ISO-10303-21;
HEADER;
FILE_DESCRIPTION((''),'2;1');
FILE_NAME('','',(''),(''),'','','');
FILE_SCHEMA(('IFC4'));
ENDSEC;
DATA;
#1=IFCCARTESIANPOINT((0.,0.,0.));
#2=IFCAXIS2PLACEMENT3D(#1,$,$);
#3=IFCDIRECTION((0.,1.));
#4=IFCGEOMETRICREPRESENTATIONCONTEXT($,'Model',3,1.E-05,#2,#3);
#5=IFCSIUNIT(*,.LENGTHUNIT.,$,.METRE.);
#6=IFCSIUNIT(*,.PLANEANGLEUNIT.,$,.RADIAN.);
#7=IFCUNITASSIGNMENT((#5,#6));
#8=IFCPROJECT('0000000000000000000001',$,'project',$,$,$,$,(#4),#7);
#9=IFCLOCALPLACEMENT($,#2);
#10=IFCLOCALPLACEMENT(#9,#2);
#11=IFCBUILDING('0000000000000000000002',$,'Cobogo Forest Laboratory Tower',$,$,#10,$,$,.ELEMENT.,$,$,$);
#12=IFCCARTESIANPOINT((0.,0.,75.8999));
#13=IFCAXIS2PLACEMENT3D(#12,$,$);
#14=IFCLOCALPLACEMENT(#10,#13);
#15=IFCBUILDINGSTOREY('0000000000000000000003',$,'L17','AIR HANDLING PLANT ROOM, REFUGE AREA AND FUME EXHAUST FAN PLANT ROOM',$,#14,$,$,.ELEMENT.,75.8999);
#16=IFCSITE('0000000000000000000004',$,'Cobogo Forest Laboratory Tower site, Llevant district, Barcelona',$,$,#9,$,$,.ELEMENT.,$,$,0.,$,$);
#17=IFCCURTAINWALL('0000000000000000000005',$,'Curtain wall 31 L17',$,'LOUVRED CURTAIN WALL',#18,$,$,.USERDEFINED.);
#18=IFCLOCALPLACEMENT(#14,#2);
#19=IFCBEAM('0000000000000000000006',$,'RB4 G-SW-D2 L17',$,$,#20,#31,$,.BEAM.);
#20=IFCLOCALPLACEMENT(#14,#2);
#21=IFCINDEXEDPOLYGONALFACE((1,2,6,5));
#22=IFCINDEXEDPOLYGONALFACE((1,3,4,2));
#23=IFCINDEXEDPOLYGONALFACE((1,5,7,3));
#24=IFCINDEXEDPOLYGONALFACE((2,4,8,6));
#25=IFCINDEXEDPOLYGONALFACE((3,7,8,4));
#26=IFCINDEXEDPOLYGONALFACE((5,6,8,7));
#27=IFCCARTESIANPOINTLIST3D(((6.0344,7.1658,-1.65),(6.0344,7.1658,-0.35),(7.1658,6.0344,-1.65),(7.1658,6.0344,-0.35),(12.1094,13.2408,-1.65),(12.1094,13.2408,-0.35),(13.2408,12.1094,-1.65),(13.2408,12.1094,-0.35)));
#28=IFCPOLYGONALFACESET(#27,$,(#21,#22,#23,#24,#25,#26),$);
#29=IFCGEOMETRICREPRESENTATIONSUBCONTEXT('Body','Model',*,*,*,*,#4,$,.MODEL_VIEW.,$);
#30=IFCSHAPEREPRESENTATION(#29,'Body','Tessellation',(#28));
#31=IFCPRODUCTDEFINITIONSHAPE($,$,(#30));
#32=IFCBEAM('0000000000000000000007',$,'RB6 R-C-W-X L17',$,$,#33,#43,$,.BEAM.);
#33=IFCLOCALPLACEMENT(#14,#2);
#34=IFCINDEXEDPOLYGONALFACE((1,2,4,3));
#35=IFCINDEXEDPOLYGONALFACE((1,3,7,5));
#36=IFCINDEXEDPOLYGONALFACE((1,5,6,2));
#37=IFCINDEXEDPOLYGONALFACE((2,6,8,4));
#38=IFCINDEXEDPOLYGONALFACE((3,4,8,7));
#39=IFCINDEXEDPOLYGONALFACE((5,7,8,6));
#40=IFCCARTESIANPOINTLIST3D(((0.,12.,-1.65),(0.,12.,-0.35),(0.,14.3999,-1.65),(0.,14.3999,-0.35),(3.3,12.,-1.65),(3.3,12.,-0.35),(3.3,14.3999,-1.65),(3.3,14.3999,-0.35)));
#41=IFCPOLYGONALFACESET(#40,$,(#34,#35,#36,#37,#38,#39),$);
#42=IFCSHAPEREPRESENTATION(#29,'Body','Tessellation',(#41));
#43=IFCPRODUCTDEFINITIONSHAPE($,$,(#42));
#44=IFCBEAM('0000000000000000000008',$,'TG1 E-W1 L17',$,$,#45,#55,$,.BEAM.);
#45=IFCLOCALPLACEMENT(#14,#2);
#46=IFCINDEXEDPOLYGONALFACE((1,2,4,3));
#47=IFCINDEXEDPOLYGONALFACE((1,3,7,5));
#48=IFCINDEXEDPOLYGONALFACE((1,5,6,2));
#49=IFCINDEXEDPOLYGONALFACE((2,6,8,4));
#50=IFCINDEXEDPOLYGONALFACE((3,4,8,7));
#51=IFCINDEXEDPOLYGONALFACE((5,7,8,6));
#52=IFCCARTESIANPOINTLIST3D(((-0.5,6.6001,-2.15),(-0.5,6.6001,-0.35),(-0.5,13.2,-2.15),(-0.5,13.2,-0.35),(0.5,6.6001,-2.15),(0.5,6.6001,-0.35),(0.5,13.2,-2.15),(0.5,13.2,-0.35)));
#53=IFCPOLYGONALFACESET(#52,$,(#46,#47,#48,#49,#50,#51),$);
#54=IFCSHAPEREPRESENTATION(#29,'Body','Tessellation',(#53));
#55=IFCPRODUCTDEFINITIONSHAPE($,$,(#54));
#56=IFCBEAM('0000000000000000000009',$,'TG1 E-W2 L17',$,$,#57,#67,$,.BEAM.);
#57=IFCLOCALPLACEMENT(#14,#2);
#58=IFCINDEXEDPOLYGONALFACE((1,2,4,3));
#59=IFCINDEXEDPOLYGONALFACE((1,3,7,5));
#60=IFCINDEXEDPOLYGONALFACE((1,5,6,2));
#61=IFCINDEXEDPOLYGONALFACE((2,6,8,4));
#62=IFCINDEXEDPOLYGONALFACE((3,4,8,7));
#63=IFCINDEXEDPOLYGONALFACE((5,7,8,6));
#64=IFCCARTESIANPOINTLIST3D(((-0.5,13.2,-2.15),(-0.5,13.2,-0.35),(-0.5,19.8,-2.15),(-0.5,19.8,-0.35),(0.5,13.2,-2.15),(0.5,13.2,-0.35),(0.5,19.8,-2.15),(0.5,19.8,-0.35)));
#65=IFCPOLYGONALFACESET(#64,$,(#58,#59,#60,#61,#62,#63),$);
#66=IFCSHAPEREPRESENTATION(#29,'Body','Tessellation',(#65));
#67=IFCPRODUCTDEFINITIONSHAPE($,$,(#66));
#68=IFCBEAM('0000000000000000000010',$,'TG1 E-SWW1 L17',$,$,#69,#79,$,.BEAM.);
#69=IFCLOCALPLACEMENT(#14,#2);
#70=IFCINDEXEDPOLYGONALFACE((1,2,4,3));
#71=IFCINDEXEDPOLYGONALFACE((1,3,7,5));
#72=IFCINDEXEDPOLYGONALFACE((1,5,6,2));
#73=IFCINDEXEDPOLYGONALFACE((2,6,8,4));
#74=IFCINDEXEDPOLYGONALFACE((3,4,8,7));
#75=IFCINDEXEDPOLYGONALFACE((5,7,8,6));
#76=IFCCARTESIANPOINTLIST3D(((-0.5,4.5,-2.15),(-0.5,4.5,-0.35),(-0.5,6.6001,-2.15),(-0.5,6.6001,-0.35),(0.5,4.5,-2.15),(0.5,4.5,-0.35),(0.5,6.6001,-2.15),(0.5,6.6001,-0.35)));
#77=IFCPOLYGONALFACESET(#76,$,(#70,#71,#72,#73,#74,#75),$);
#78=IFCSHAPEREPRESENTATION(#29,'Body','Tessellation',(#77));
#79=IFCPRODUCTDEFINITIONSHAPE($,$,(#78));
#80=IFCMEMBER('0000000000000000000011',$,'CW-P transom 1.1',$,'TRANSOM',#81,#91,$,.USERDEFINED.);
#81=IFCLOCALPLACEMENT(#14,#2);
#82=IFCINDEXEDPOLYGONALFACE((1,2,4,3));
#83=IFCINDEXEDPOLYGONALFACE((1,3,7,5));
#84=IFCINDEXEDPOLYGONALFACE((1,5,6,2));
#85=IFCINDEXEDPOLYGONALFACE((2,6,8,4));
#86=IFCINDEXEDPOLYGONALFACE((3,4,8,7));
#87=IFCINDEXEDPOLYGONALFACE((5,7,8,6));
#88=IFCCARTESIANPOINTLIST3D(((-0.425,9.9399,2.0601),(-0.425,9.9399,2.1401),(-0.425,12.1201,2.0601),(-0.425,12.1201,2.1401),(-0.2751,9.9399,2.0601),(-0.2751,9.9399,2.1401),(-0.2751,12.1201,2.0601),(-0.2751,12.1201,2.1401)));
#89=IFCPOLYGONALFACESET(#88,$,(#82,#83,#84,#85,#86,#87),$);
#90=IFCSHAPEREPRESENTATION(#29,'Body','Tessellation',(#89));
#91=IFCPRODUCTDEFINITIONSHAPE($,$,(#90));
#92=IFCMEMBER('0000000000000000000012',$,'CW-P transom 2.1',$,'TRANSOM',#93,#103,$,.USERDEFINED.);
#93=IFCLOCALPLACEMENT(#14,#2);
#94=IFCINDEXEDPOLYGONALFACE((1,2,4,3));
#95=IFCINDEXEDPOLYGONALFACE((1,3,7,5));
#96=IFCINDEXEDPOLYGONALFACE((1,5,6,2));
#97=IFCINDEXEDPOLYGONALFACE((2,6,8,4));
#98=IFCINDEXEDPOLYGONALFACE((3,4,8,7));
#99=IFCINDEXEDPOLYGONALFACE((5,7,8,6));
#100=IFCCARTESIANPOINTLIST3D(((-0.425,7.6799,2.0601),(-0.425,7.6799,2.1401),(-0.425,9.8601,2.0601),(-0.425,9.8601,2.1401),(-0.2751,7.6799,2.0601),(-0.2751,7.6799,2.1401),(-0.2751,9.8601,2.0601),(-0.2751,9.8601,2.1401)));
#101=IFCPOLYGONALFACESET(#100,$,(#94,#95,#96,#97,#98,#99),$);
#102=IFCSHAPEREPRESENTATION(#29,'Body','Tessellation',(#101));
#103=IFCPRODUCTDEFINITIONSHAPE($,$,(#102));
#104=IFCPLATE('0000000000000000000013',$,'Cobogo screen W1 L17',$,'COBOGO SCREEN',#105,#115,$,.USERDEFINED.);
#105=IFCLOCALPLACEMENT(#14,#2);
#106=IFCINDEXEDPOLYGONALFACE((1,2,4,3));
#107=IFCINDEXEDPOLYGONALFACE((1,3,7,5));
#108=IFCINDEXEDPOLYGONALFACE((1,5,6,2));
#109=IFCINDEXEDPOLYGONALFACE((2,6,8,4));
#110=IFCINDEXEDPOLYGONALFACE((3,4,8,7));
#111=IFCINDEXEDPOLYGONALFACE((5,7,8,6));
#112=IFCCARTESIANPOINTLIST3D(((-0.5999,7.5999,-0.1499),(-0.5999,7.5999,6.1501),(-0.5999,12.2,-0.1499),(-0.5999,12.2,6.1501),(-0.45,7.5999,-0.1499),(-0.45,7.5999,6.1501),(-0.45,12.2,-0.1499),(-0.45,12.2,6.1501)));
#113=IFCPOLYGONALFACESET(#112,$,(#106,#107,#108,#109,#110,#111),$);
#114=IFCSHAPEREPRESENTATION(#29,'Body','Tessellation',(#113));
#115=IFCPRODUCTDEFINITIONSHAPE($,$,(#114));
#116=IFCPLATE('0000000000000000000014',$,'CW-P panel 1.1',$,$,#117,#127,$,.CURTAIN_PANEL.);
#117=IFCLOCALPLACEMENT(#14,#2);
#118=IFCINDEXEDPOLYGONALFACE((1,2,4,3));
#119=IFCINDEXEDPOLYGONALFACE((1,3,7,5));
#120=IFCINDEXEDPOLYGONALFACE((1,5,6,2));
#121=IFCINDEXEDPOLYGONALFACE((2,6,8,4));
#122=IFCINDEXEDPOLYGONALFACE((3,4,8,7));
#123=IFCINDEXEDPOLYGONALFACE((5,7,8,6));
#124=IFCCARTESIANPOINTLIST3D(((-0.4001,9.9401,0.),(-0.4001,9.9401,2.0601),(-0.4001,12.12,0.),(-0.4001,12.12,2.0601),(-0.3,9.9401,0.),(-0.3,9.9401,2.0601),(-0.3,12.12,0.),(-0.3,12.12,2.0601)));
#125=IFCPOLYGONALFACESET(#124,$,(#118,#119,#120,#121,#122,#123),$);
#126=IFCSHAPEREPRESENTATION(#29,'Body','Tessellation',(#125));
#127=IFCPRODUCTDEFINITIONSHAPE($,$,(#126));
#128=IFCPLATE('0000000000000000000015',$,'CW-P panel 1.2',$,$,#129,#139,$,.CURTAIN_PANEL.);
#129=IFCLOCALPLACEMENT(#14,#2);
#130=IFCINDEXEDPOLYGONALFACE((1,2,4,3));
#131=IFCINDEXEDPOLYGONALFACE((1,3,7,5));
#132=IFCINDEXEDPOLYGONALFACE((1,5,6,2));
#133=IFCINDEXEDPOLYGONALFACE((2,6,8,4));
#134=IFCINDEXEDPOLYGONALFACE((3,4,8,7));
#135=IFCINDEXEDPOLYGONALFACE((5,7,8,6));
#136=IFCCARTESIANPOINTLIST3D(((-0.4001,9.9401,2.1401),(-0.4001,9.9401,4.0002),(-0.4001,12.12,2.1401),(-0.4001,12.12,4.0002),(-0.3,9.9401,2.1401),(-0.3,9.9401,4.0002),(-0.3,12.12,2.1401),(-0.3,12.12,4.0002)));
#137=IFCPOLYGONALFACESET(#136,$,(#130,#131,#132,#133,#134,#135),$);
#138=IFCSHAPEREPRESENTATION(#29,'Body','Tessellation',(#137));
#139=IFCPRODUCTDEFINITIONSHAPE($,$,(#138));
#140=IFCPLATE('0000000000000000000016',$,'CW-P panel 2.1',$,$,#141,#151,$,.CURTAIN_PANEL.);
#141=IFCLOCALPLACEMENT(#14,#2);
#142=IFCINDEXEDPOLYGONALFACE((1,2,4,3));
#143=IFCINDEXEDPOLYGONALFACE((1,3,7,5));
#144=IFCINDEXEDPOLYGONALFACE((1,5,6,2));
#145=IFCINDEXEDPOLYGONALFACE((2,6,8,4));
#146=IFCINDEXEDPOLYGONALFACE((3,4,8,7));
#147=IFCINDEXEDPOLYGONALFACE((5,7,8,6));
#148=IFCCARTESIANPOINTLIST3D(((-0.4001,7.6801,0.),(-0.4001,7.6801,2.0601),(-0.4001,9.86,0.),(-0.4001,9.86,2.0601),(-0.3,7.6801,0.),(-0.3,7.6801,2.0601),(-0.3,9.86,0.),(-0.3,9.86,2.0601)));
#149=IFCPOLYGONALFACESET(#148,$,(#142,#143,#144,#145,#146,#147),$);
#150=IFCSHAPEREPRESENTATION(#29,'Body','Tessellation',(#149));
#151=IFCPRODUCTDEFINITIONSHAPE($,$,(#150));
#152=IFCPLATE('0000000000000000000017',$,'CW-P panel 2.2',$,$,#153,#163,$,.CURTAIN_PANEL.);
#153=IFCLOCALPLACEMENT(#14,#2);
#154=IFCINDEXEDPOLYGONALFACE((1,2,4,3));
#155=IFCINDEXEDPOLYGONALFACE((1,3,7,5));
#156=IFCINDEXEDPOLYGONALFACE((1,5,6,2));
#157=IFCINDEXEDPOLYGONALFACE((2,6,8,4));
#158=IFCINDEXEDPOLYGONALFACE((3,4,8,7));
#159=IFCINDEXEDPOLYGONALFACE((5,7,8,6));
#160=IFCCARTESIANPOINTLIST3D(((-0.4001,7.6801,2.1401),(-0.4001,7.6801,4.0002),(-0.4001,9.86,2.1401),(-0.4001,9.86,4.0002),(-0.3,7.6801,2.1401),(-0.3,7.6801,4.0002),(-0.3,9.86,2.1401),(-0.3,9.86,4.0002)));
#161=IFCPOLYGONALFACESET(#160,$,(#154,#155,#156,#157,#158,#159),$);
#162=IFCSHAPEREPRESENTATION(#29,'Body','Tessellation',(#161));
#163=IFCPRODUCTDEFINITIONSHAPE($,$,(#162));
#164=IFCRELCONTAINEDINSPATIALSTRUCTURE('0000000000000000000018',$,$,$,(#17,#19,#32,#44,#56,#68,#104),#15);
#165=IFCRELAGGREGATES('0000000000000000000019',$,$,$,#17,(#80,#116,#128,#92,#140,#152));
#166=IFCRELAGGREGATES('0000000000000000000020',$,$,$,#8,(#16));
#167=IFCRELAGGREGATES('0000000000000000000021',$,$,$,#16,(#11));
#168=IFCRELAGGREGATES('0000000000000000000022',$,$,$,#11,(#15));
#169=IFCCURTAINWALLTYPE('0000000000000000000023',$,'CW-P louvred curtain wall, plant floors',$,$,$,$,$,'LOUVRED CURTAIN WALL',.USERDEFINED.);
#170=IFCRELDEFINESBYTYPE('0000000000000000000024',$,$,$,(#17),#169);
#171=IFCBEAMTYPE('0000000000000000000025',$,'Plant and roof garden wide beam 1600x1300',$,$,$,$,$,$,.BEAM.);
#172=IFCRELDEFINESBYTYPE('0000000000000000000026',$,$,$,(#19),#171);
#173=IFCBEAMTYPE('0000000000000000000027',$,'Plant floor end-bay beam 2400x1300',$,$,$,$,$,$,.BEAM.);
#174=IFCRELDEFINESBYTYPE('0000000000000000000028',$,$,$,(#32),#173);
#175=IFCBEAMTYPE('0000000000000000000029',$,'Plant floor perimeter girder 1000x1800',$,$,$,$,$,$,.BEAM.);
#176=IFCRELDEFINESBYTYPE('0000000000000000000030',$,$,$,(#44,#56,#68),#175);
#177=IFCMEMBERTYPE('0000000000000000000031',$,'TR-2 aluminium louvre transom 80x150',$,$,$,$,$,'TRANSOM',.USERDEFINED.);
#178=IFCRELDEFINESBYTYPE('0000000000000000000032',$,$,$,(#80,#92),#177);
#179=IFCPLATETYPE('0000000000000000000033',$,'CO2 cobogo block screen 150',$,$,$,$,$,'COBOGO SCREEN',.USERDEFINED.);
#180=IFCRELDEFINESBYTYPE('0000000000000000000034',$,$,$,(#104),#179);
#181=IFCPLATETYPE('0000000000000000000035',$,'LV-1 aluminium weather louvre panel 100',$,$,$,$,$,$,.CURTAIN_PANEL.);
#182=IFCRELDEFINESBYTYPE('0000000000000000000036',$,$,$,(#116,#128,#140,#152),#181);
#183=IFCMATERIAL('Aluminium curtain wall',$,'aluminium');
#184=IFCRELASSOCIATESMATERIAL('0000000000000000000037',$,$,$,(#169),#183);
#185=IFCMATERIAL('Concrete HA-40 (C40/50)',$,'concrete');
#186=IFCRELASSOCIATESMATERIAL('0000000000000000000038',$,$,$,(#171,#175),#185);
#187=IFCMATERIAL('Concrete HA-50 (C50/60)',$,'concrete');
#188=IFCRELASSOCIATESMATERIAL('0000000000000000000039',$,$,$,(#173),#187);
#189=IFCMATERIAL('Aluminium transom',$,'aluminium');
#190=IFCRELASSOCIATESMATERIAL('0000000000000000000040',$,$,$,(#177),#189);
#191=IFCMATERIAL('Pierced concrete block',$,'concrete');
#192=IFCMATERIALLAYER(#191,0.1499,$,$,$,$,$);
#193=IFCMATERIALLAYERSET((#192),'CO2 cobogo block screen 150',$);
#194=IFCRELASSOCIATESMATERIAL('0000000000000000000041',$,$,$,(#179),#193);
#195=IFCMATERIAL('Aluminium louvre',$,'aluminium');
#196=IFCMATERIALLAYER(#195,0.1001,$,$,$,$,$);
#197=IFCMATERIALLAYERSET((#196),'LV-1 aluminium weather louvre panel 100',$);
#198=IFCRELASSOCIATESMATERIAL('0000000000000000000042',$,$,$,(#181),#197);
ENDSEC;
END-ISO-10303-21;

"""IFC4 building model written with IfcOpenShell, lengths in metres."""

from ifc_helpers import new_model, si_unit, direction, frame, origin, origin_2d, place, context, subcontext, project, spatial, rectangle, extrude, material, layer, layer_set, material_profile, profile_set, type_object, element, aggregate, save


model = new_model("IFC4")

# Units and contexts
model_context = context("Model", 3, precision=1e-05, world=origin(), true_north=direction((0.0, 1.0)))
body_context = subcontext(model_context, "Body", "Model", "MODEL_VIEW")
ifc_project = project(units=[si_unit("LENGTHUNIT", "METRE"), si_unit("PLANEANGLEUNIT", "RADIAN")], contexts=[model_context])

# Site, building, storey
site_placement = place(None, origin())
site = spatial("IfcSite", under=ifc_project, at=site_placement, Name="Cobogo Forest Laboratory Tower site, Llevant district, Barcelona", CompositionType="ELEMENT", RefElevation=0.0)
building_placement = place(site_placement, origin())
building = spatial("IfcBuilding", under=site, at=building_placement, Name="Cobogo Forest Laboratory Tower", CompositionType="ELEMENT")
storey_placement = place(building_placement, frame((0.0, 0.0, 75.8999)))
storey = spatial("IfcBuildingStorey", under=building, at=storey_placement, Name="L17", Description="AIR HANDLING PLANT ROOM, REFUGE AREA AND FUME EXHAUST FAN PLANT ROOM", CompositionType="ELEMENT", Elevation=75.8999)

# Shared definitions
ifc_material_1 = material(Name="Concrete HA-50 (C50/60)", Category="concrete")

# Curtain wall
ifc_material_2 = material(Name="Aluminium curtain wall", Category="aluminium")
curtain_wall_type = type_object("IfcCurtainWallType", Name="CW-P louvred curtain wall, plant floors", ElementType="LOUVRED CURTAIN WALL", PredefinedType="USERDEFINED", material=ifc_material_2)
curtain_wall_placement = place(storey_placement, origin())
curtain_wall = element("IfcCurtainWall", 1, at=curtain_wall_placement, inside=storey, type_object=curtain_wall_type, Name="Curtain wall 31 L17", ObjectType="LOUVRED CURTAIN WALL", PredefinedType="USERDEFINED")

# Beams
ifc_material_3 = material(Name="Concrete HA-40 (C40/50)", Category="concrete")
ifc_material_profile_1 = material_profile(ifc_material_3, rectangle(XDim=1.6001, YDim=1.3, at=origin_2d()), Name="RC 1600x1300")
ifc_profile_set_1 = profile_set([ifc_material_profile_1], Name="Concrete HA-40 (C40/50)")
beam_type_1 = type_object("IfcBeamType", Name="Plant and roof garden wide beam 1600x1300", PredefinedType="BEAM", material=ifc_profile_set_1)
beam_1_placement = place(storey_placement, frame((6.6001, 6.6001, -1.0), z_axis=(0.707107, 0.707107, 0.0), x_axis=(-0.707107, 0.707107, 0.0)))
element("IfcBeam", 2, at=beam_1_placement, inside=storey, type_object=beam_type_1, Name="RB4 G-SW-D2 L17", PredefinedType="BEAM", context=body_context, shape_type="SweptSolid", body=[
    extrude(rectangle(XDim=1.6001, YDim=1.3, at=origin_2d()), origin(), (0.0, 0.0, 1.0), 8.5913),
])
ifc_material_profile_2 = material_profile(ifc_material_1, rectangle(XDim=2.3999, YDim=1.3, at=origin_2d()), Name="RC 2400x1300")
ifc_profile_set_2 = profile_set([ifc_material_profile_2], Name="Concrete HA-50 (C50/60)")
beam_type_2 = type_object("IfcBeamType", Name="Plant floor end-bay beam 2400x1300", PredefinedType="BEAM", material=ifc_profile_set_2)
beam_2_placement = place(storey_placement, frame((0.0, 13.2, -1.0), z_axis=(1.0, 0.0, 0.0), x_axis=(0.0, 1.0, 0.0)))
element("IfcBeam", 3, at=beam_2_placement, inside=storey, type_object=beam_type_2, Name="RB6 R-C-W-X L17", PredefinedType="BEAM", context=body_context, shape_type="SweptSolid", body=[
    extrude(rectangle(XDim=2.3999, YDim=1.3, at=origin_2d()), origin(), (0.0, 0.0, 1.0), 3.3),
])
ifc_material_profile_3 = material_profile(ifc_material_3, rectangle(XDim=1.0, YDim=1.8, at=origin_2d()), Name="RC 1000x1800")
ifc_profile_set_3 = profile_set([ifc_material_profile_3], Name="Concrete HA-40 (C40/50)")
beam_type_3 = type_object("IfcBeamType", Name="Plant floor perimeter girder 1000x1800", PredefinedType="BEAM", material=ifc_profile_set_3)
beam_3_placement = place(storey_placement, frame((0.0, 6.6001, -1.25), z_axis=(0.0, 1.0, 0.0), x_axis=(-1.0, 0.0, 0.0)))
element("IfcBeam", 4, at=beam_3_placement, inside=storey, type_object=beam_type_3, Name="TG1 E-W1 L17", PredefinedType="BEAM", context=body_context, shape_type="SweptSolid", body=[
    extrude(rectangle(XDim=1.0, YDim=1.8, at=origin_2d()), origin(), (0.0, 0.0, 1.0), 6.5999),
])
beam_4_placement = place(storey_placement, frame((0.0, 13.2, -1.25), z_axis=(0.0, 1.0, 0.0), x_axis=(-1.0, 0.0, 0.0)))
element("IfcBeam", 5, at=beam_4_placement, inside=storey, type_object=beam_type_3, Name="TG1 E-W2 L17", PredefinedType="BEAM", context=body_context, shape_type="SweptSolid", body=[
    extrude(rectangle(XDim=1.0, YDim=1.8, at=origin_2d()), origin(), (0.0, 0.0, 1.0), 6.6001),
])
beam_5_placement = place(storey_placement, frame((0.0, 6.6001, -1.25), z_axis=(0.0, -1.0, 0.0), x_axis=(1.0, 0.0, 0.0)))
element("IfcBeam", 6, at=beam_5_placement, inside=storey, type_object=beam_type_3, Name="TG1 E-SWW1 L17", PredefinedType="BEAM", context=body_context, shape_type="SweptSolid", body=[
    extrude(rectangle(XDim=1.0, YDim=1.8, at=origin_2d()), origin(), (0.0, 0.0, 1.0), 2.1001),
])

# Members
ifc_material_4 = material(Name="Aluminium transom", Category="aluminium")
ifc_material_profile_4 = material_profile(ifc_material_4, rectangle(XDim=0.1499, YDim=0.0801, at=origin_2d()), Name="AL 80x150")
ifc_profile_set_4 = profile_set([ifc_material_profile_4], Name="Aluminium transom")
member_type_1 = type_object("IfcMemberType", Name="TR-2 aluminium louvre transom 80x150", ElementType="TRANSOM", PredefinedType="USERDEFINED", material=ifc_profile_set_4)
member_1_placement = place(storey_placement, frame((-0.3501, 12.1201, 2.1001), z_axis=(0.0, -1.0, 0.0), x_axis=(1.0, 0.0, 0.0)))
member_1 = element("IfcMember", 7, at=member_1_placement, type_object=member_type_1, Name="CW-P transom 1.1", ObjectType="TRANSOM", PredefinedType="USERDEFINED", context=body_context, shape_type="SweptSolid", body=[
    extrude(rectangle(XDim=0.1499, YDim=0.0801, at=origin_2d()), origin(), (0.0, 0.0, 1.0), 2.1802),
])
member_2_placement = place(storey_placement, frame((-0.3501, 9.8601, 2.1001), z_axis=(0.0, -1.0, 0.0), x_axis=(1.0, 0.0, 0.0)))
member_2 = element("IfcMember", 8, at=member_2_placement, type_object=member_type_1, Name="CW-P transom 2.1", ObjectType="TRANSOM", PredefinedType="USERDEFINED", context=body_context, shape_type="SweptSolid", body=[
    extrude(rectangle(XDim=0.1499, YDim=0.0801, at=origin_2d()), origin(), (0.0, 0.0, 1.0), 2.1802),
])

# Plates
ifc_material_5 = material(Name="Pierced concrete block", Category="concrete")
ifc_layer_1 = layer(ifc_material_5, 0.1499)
ifc_layer_set_1 = layer_set([ifc_layer_1], Name="CO2 cobogo block screen 150")
plate_type_1 = type_object("IfcPlateType", Name="CO2 cobogo block screen 150", ElementType="COBOGO SCREEN", PredefinedType="USERDEFINED", material=ifc_layer_set_1)
plate_1_placement = place(storey_placement, frame((-0.5249, 9.8999, -0.1499), z_axis=(0.0, 0.0, 1.0), x_axis=(0.0, 1.0, 0.0)))
element("IfcPlate", 9, at=plate_1_placement, inside=storey, type_object=plate_type_1, Name="Cobogo screen W1 L17", ObjectType="COBOGO SCREEN", PredefinedType="USERDEFINED", context=body_context, shape_type="SweptSolid", body=[
    extrude(rectangle(XDim=4.6001, YDim=0.1499, at=origin_2d()), origin(), (0.0, 0.0, 1.0), 6.3),
])
ifc_material_6 = material(Name="Aluminium louvre", Category="aluminium")
ifc_layer_2 = layer(ifc_material_6, 0.1001)
ifc_layer_set_2 = layer_set([ifc_layer_2], Name="LV-1 aluminium weather louvre panel 100")
plate_type_2 = type_object("IfcPlateType", Name="LV-1 aluminium weather louvre panel 100", PredefinedType="CURTAIN_PANEL", material=ifc_layer_set_2)
plate_2_placement = place(storey_placement, frame((-0.3501, 11.03, 0.0), z_axis=(0.0, 0.0, 1.0), x_axis=(0.0, -1.0, 0.0)))
plate_2 = element("IfcPlate", 10, at=plate_2_placement, type_object=plate_type_2, Name="CW-P panel 1.1", PredefinedType="CURTAIN_PANEL", context=body_context, shape_type="SweptSolid", body=[
    extrude(rectangle(XDim=2.1799, YDim=0.1001, at=origin_2d()), origin(), (0.0, 0.0, 1.0), 2.0601),
])
plate_3_placement = place(storey_placement, frame((-0.3501, 11.03, 2.1401), z_axis=(0.0, 0.0, 1.0), x_axis=(0.0, -1.0, 0.0)))
plate_3 = element("IfcPlate", 11, at=plate_3_placement, type_object=plate_type_2, Name="CW-P panel 1.2", PredefinedType="CURTAIN_PANEL", context=body_context, shape_type="SweptSolid", body=[
    extrude(rectangle(XDim=2.1799, YDim=0.1001, at=origin_2d()), origin(), (0.0, 0.0, 1.0), 1.8601),
])
plate_4_placement = place(storey_placement, frame((-0.3501, 8.77, 0.0), z_axis=(0.0, 0.0, 1.0), x_axis=(0.0, -1.0, 0.0)))
plate_4 = element("IfcPlate", 12, at=plate_4_placement, type_object=plate_type_2, Name="CW-P panel 2.1", PredefinedType="CURTAIN_PANEL", context=body_context, shape_type="SweptSolid", body=[
    extrude(rectangle(XDim=2.1799, YDim=0.1001, at=origin_2d()), origin(), (0.0, 0.0, 1.0), 2.0601),
])
plate_5_placement = place(storey_placement, frame((-0.3501, 8.77, 2.1401), z_axis=(0.0, 0.0, 1.0), x_axis=(0.0, -1.0, 0.0)))
plate_5 = element("IfcPlate", 13, at=plate_5_placement, type_object=plate_type_2, Name="CW-P panel 2.2", PredefinedType="CURTAIN_PANEL", context=body_context, shape_type="SweptSolid", body=[
    extrude(rectangle(XDim=2.1799, YDim=0.1001, at=origin_2d()), origin(), (0.0, 0.0, 1.0), 1.8601),
])
aggregate(curtain_wall, [member_1, plate_2, plate_3, member_2, plate_4, plate_5])

save(model, "model.ifc")
